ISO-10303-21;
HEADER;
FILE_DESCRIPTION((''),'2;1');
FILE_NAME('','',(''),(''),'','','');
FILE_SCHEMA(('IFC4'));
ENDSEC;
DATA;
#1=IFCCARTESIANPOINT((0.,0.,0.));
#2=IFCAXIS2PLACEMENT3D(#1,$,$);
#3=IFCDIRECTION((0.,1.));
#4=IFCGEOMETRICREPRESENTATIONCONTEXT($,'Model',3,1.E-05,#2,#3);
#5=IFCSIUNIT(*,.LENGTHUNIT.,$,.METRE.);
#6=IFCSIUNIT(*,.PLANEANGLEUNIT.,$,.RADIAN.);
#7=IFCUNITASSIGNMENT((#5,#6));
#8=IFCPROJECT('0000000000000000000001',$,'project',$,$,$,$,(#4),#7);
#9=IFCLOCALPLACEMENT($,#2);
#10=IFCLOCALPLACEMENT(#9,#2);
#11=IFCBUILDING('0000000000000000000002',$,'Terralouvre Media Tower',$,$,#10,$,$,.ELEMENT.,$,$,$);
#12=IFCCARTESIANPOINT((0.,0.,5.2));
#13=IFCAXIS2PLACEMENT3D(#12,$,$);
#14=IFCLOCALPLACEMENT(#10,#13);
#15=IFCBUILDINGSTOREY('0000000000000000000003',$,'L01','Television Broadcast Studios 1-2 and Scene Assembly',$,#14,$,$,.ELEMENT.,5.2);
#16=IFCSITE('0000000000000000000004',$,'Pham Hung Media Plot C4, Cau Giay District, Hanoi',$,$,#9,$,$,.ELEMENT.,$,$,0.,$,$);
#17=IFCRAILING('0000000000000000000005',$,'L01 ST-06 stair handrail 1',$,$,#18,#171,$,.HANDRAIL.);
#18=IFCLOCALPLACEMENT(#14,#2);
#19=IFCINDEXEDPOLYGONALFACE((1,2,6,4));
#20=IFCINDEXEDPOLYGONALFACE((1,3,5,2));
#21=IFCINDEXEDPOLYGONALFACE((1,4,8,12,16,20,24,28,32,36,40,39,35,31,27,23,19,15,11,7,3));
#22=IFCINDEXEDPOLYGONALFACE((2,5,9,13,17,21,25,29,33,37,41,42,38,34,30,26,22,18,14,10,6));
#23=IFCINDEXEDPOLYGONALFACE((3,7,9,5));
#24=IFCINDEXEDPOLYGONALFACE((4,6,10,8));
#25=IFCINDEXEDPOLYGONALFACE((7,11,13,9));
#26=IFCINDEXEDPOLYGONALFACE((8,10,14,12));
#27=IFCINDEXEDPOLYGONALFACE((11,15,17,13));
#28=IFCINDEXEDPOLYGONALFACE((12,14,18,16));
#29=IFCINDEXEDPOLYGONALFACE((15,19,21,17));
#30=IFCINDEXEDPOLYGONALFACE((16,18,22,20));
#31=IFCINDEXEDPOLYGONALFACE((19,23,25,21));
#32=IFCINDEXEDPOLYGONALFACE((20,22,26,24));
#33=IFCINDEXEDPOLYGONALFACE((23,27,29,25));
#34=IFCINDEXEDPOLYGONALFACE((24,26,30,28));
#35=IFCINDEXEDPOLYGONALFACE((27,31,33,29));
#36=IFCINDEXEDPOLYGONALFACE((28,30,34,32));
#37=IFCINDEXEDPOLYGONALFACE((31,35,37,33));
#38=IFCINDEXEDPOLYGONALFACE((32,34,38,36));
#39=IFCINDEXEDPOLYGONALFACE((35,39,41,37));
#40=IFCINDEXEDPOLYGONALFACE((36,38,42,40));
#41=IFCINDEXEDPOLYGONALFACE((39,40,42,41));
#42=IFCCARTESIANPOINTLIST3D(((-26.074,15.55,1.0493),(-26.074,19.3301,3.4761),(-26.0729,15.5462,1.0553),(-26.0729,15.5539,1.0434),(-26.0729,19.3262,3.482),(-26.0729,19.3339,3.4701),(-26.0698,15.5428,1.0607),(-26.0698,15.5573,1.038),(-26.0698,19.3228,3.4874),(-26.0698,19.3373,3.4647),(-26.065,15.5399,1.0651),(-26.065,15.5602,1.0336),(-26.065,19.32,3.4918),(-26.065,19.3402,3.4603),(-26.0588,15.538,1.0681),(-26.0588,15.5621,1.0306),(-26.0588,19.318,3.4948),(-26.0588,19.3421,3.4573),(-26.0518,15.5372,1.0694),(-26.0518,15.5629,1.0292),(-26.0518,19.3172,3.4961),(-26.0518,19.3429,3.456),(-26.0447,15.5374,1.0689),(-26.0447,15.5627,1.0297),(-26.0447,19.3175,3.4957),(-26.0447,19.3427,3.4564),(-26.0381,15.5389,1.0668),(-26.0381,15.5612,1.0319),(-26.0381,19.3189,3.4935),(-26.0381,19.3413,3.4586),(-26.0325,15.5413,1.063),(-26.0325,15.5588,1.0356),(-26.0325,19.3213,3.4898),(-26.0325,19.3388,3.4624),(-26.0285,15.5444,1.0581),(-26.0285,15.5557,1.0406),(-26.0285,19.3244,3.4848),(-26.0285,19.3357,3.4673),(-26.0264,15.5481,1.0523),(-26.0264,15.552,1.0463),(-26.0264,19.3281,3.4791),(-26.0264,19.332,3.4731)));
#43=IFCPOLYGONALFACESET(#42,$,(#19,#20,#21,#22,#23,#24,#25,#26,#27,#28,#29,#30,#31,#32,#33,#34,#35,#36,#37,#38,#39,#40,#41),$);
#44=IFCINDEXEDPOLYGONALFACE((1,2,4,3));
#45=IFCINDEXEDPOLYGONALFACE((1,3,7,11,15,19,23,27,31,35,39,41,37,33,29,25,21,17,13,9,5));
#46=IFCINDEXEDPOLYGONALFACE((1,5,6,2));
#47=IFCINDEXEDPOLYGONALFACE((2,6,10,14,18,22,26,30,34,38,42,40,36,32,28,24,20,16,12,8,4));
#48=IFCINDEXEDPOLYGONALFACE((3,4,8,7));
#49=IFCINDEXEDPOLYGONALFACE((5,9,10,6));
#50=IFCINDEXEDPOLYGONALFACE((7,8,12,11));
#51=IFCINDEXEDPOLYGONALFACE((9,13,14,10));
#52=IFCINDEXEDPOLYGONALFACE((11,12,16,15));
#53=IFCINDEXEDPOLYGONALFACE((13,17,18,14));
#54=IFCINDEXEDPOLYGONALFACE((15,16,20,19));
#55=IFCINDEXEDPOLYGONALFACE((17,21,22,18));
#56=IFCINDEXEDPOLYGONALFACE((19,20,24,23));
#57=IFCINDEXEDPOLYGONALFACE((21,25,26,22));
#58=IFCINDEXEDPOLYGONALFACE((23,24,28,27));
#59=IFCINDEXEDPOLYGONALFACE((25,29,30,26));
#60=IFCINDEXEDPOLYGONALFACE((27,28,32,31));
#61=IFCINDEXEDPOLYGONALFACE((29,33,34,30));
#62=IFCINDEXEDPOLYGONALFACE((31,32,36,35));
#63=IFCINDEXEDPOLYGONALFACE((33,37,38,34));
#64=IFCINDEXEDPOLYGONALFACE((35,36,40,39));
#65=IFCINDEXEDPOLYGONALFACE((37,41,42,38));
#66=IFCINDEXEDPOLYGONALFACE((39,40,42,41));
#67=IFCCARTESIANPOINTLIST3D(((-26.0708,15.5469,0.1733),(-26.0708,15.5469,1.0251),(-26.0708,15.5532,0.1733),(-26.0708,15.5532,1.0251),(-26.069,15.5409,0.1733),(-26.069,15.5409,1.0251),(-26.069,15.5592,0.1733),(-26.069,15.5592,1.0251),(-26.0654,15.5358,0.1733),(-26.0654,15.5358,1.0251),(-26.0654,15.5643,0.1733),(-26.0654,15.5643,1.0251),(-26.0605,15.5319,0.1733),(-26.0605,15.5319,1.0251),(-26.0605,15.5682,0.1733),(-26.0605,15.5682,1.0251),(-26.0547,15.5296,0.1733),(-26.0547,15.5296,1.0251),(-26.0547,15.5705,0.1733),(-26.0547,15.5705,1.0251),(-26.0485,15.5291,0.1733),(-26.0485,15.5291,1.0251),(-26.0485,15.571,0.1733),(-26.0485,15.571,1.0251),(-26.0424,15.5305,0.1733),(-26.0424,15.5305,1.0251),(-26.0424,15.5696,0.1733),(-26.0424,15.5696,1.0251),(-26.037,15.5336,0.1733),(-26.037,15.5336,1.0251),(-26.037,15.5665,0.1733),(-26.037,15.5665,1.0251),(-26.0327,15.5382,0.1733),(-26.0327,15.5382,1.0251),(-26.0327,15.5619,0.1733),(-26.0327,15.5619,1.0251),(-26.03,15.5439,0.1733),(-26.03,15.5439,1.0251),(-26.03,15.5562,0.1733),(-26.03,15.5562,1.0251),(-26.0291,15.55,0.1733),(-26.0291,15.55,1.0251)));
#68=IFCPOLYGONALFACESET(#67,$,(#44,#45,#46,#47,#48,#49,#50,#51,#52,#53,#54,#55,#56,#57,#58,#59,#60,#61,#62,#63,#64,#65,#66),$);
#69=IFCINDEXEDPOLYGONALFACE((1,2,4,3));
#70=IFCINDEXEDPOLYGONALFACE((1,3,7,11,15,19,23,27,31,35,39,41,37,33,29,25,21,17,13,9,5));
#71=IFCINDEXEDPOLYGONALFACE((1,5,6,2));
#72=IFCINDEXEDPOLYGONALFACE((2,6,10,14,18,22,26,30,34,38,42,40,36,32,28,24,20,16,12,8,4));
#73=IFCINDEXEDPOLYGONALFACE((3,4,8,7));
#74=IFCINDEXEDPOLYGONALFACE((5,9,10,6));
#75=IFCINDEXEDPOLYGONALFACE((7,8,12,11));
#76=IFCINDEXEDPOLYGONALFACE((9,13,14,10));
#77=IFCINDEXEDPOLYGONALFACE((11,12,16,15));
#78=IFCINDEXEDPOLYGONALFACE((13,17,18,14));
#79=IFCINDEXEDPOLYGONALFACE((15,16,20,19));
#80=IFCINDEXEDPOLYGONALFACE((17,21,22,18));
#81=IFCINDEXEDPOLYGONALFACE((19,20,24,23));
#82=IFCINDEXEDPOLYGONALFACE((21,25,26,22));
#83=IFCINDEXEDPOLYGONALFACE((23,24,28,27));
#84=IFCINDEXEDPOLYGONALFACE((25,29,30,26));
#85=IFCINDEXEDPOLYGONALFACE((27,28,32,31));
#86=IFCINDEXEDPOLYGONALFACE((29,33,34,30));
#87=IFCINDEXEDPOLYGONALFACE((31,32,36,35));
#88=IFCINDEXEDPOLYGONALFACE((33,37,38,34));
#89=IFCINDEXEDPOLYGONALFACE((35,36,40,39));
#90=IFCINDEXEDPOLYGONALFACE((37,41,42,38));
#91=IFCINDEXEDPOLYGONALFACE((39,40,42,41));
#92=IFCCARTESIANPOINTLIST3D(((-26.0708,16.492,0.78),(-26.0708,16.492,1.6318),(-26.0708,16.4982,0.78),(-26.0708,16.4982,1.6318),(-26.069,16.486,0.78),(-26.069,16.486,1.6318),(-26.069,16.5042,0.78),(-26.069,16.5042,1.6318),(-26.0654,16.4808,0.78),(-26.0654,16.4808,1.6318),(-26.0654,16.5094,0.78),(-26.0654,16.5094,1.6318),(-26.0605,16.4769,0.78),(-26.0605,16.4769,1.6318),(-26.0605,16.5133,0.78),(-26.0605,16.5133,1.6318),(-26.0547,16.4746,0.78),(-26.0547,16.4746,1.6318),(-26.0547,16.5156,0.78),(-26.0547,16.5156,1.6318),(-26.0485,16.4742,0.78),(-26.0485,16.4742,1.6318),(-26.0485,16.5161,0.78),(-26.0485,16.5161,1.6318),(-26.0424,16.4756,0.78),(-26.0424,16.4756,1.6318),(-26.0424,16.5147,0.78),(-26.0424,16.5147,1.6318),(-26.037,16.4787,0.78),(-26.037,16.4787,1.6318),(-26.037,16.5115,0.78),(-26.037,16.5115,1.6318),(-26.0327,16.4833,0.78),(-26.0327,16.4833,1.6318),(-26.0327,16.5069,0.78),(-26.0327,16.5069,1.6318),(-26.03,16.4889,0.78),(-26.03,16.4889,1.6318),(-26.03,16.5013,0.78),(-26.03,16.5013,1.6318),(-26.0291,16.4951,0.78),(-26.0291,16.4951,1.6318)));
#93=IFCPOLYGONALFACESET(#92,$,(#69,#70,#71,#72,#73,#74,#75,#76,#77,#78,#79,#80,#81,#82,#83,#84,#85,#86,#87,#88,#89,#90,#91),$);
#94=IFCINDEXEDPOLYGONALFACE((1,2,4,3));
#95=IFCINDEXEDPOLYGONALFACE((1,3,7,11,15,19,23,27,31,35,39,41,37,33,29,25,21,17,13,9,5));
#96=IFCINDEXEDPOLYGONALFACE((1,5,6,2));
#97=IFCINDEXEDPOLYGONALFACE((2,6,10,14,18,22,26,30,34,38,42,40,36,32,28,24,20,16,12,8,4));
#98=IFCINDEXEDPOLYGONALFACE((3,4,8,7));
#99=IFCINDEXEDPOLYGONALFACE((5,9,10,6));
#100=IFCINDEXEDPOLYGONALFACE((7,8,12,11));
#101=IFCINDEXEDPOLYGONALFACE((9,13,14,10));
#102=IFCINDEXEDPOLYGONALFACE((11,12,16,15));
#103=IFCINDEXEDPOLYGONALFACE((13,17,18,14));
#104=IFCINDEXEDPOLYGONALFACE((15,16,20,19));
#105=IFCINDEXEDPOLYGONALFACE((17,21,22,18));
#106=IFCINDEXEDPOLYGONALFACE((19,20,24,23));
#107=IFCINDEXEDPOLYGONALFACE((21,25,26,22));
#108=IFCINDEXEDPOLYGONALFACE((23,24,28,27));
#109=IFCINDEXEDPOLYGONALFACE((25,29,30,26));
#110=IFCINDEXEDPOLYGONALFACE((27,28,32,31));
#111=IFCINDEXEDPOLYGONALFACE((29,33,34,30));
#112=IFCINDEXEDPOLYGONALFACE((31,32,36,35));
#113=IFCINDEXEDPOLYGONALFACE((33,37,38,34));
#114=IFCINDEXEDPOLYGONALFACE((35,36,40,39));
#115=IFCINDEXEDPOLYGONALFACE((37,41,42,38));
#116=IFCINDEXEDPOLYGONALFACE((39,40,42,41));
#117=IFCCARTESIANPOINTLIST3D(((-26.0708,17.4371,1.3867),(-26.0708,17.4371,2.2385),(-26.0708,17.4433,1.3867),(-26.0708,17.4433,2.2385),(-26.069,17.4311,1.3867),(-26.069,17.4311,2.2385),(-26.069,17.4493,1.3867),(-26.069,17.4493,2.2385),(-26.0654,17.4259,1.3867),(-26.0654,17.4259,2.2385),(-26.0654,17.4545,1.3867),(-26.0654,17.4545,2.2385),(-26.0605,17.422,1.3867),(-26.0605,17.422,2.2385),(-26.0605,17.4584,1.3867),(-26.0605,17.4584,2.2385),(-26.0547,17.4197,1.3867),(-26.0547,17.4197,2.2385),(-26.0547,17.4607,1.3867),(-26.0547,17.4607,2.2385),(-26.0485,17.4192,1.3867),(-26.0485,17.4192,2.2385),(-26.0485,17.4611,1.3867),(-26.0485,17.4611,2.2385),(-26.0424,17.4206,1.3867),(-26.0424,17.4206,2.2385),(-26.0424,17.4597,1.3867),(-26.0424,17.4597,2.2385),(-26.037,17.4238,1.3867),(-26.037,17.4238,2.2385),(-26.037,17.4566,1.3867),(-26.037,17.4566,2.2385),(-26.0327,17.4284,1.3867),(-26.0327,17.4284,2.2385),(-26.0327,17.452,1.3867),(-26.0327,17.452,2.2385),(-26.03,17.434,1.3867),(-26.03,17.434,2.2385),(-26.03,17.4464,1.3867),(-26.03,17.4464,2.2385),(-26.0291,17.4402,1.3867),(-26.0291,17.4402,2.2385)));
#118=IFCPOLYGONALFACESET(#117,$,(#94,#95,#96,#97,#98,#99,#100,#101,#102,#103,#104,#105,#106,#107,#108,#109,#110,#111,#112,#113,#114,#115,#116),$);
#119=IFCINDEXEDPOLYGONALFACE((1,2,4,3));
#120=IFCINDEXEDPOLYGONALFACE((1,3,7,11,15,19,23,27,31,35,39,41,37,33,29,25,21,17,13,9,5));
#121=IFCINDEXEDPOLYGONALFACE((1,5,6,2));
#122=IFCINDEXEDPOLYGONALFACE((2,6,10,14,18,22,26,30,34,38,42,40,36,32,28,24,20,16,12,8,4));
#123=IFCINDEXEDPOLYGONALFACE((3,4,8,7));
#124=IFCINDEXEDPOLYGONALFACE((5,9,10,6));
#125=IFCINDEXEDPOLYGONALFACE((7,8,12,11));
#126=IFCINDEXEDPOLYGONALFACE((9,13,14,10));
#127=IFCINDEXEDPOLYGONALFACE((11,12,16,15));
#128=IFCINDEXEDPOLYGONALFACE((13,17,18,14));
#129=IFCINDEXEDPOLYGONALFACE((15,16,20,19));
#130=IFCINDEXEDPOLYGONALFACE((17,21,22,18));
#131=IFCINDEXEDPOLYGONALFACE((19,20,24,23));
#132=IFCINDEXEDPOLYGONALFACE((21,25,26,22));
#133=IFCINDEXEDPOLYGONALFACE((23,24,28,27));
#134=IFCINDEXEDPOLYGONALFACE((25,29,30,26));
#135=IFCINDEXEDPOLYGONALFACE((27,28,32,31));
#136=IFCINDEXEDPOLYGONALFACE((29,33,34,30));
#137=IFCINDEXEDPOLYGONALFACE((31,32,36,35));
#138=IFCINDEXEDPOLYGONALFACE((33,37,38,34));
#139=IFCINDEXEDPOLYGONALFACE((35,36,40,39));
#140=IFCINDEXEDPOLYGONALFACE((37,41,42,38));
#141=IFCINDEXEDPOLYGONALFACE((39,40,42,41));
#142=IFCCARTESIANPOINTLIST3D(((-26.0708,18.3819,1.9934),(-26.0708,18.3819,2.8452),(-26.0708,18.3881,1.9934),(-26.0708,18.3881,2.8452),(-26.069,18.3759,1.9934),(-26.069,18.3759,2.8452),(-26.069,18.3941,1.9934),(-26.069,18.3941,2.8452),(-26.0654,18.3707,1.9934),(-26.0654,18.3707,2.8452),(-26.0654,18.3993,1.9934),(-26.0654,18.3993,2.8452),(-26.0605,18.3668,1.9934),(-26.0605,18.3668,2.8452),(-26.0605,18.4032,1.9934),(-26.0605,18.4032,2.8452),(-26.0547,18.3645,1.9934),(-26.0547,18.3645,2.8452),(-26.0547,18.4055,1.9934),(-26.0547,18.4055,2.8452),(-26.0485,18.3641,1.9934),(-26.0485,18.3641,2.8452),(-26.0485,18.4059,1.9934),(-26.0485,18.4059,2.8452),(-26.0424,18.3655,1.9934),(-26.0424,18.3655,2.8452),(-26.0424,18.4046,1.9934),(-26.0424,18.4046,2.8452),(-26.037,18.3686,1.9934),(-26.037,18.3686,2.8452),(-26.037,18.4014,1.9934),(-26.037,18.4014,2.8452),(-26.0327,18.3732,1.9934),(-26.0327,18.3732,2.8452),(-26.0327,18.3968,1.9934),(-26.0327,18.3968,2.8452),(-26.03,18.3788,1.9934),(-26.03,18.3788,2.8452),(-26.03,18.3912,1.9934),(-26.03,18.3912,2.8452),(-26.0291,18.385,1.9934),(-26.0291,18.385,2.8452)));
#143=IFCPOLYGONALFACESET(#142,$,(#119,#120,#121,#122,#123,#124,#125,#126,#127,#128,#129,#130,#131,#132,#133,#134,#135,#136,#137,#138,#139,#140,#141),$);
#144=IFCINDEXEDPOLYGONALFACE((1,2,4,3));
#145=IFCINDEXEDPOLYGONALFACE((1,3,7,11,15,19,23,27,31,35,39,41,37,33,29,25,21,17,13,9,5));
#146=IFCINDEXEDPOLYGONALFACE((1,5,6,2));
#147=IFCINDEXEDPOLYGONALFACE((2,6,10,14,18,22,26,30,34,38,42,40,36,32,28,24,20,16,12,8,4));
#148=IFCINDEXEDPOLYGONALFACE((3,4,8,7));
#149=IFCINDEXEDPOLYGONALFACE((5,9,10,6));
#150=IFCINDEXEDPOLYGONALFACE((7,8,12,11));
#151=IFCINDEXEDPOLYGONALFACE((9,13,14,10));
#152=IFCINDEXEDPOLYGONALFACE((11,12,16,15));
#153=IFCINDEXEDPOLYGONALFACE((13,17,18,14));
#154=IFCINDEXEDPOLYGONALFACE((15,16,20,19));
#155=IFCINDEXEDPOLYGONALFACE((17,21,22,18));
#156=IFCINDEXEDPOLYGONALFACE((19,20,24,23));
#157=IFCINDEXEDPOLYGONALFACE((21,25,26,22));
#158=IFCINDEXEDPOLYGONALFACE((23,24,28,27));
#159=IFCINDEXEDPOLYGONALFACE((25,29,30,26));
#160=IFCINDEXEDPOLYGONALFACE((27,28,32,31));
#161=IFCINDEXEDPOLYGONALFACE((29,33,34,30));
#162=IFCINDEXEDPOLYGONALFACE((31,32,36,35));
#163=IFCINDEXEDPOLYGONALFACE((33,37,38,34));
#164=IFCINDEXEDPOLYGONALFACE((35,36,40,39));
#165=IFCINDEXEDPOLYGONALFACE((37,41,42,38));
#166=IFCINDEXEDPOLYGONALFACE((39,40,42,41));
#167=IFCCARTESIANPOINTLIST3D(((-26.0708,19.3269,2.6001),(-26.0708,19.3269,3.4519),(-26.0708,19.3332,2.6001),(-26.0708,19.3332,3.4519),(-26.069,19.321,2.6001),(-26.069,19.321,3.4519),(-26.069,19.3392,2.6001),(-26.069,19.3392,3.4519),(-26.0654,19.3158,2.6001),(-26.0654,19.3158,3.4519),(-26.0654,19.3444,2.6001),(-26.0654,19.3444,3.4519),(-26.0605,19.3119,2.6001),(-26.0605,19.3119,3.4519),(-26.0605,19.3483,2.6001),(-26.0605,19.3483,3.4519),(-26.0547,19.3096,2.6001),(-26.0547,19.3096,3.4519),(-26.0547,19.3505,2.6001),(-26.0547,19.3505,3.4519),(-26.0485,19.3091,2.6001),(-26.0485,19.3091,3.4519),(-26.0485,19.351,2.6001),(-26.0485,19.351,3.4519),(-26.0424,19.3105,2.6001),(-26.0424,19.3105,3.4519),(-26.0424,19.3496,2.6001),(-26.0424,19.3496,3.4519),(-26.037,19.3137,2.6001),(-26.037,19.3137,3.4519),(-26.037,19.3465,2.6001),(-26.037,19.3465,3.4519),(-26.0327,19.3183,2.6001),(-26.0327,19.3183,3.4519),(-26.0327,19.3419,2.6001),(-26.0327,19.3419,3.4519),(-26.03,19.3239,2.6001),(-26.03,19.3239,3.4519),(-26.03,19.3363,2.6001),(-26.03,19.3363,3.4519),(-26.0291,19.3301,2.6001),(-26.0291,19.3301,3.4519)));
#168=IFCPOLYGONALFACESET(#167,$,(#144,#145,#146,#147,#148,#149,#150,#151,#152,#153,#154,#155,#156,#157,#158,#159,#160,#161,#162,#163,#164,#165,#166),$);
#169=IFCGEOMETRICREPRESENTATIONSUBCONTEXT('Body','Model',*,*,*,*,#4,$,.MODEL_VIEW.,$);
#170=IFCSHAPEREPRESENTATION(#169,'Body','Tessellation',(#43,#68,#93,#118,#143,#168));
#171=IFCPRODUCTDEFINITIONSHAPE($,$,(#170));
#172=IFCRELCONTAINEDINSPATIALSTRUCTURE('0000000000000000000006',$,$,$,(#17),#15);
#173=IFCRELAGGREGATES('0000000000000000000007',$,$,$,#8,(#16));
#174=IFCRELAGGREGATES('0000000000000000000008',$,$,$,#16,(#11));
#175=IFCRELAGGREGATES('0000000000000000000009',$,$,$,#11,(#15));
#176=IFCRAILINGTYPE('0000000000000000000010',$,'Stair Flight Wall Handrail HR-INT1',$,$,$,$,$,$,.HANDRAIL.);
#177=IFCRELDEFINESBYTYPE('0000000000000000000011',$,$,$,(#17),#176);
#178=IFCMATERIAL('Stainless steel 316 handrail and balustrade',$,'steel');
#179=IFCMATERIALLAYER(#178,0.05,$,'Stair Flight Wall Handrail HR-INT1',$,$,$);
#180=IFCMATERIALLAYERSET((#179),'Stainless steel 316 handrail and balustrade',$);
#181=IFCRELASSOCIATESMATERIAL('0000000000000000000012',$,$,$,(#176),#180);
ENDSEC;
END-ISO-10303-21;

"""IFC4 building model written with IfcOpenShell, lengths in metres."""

from ifc_helpers import new_model, si_unit, direction, frame, origin, origin_2d, place, context, subcontext, project, spatial, circle, extrude, material, layer, layer_set, type_object, element, save


model = new_model("IFC4")

# Units and contexts
model_context = context("Model", 3, precision=1e-05, world=origin(), true_north=direction((0.0, 1.0)))
body_context = subcontext(model_context, "Body", "Model", "MODEL_VIEW")
ifc_project = project(units=[si_unit("LENGTHUNIT", "METRE"), si_unit("PLANEANGLEUNIT", "RADIAN")], contexts=[model_context])

# Site, building, storey
site_placement = place(None, origin())
site = spatial("IfcSite", under=ifc_project, at=site_placement, Name="Pham Hung Media Plot C4, Cau Giay District, Hanoi", CompositionType="ELEMENT", RefElevation=0.0)
building_placement = place(site_placement, origin())
building = spatial("IfcBuilding", under=site, at=building_placement, Name="Terralouvre Media Tower", CompositionType="ELEMENT")
storey_placement = place(building_placement, frame((0.0, 0.0, 5.2)))
storey = spatial("IfcBuildingStorey", under=building, at=storey_placement, Name="L01", Description="Television Broadcast Studios 1-2 and Scene Assembly", CompositionType="ELEMENT", Elevation=5.2)

# Railing
ifc_material_1 = material(Name="Stainless steel 316 handrail and balustrade", Category="steel")
ifc_layer_1 = layer(ifc_material_1, 0.05, Name="Stair Flight Wall Handrail HR-INT1")
ifc_layer_set_1 = layer_set([ifc_layer_1], Name="Stainless steel 316 handrail and balustrade")
railing_type_1 = type_object("IfcRailingType", Name="Stair Flight Wall Handrail HR-INT1", PredefinedType="HANDRAIL", material=ifc_layer_set_1)
railing_1_placement = place(storey_placement, frame((-26.05, 15.55, 0.1733)))
element("IfcRailing", 1, at=railing_1_placement, inside=storey, type_object=railing_type_1, Name="L01 ST-06 stair handrail 1", PredefinedType="HANDRAIL", context=body_context, shape_type="SweptSolid", body=[
    extrude(circle(Radius=0.0239, at=origin_2d()), frame((0.0, 0.0, 0.876), z_axis=(0.0, 0.841509, 0.540244), x_axis=(-1.0, 0.0, 0.0)), (0.0, 0.0, 1.0), 4.4919),
    extrude(circle(Radius=0.021, at=origin_2d()), origin(), (0.0, 0.0, 1.0), 0.8518),
    extrude(circle(Radius=0.021, at=origin_2d()), frame((0.0, 0.9451, 0.6067)), (0.0, 0.0, 1.0), 0.8518),
    extrude(circle(Radius=0.021, at=origin_2d()), frame((0.0, 1.8901, 1.2134)), (0.0, 0.0, 1.0), 0.8518),
    extrude(circle(Radius=0.021, at=origin_2d()), frame((0.0, 2.835, 1.8201)), (0.0, 0.0, 1.0), 0.8518),
    extrude(circle(Radius=0.021, at=origin_2d()), frame((0.0, 3.78, 2.4268)), (0.0, 0.0, 1.0), 0.8518),
])

save(model, "model.ifc")
